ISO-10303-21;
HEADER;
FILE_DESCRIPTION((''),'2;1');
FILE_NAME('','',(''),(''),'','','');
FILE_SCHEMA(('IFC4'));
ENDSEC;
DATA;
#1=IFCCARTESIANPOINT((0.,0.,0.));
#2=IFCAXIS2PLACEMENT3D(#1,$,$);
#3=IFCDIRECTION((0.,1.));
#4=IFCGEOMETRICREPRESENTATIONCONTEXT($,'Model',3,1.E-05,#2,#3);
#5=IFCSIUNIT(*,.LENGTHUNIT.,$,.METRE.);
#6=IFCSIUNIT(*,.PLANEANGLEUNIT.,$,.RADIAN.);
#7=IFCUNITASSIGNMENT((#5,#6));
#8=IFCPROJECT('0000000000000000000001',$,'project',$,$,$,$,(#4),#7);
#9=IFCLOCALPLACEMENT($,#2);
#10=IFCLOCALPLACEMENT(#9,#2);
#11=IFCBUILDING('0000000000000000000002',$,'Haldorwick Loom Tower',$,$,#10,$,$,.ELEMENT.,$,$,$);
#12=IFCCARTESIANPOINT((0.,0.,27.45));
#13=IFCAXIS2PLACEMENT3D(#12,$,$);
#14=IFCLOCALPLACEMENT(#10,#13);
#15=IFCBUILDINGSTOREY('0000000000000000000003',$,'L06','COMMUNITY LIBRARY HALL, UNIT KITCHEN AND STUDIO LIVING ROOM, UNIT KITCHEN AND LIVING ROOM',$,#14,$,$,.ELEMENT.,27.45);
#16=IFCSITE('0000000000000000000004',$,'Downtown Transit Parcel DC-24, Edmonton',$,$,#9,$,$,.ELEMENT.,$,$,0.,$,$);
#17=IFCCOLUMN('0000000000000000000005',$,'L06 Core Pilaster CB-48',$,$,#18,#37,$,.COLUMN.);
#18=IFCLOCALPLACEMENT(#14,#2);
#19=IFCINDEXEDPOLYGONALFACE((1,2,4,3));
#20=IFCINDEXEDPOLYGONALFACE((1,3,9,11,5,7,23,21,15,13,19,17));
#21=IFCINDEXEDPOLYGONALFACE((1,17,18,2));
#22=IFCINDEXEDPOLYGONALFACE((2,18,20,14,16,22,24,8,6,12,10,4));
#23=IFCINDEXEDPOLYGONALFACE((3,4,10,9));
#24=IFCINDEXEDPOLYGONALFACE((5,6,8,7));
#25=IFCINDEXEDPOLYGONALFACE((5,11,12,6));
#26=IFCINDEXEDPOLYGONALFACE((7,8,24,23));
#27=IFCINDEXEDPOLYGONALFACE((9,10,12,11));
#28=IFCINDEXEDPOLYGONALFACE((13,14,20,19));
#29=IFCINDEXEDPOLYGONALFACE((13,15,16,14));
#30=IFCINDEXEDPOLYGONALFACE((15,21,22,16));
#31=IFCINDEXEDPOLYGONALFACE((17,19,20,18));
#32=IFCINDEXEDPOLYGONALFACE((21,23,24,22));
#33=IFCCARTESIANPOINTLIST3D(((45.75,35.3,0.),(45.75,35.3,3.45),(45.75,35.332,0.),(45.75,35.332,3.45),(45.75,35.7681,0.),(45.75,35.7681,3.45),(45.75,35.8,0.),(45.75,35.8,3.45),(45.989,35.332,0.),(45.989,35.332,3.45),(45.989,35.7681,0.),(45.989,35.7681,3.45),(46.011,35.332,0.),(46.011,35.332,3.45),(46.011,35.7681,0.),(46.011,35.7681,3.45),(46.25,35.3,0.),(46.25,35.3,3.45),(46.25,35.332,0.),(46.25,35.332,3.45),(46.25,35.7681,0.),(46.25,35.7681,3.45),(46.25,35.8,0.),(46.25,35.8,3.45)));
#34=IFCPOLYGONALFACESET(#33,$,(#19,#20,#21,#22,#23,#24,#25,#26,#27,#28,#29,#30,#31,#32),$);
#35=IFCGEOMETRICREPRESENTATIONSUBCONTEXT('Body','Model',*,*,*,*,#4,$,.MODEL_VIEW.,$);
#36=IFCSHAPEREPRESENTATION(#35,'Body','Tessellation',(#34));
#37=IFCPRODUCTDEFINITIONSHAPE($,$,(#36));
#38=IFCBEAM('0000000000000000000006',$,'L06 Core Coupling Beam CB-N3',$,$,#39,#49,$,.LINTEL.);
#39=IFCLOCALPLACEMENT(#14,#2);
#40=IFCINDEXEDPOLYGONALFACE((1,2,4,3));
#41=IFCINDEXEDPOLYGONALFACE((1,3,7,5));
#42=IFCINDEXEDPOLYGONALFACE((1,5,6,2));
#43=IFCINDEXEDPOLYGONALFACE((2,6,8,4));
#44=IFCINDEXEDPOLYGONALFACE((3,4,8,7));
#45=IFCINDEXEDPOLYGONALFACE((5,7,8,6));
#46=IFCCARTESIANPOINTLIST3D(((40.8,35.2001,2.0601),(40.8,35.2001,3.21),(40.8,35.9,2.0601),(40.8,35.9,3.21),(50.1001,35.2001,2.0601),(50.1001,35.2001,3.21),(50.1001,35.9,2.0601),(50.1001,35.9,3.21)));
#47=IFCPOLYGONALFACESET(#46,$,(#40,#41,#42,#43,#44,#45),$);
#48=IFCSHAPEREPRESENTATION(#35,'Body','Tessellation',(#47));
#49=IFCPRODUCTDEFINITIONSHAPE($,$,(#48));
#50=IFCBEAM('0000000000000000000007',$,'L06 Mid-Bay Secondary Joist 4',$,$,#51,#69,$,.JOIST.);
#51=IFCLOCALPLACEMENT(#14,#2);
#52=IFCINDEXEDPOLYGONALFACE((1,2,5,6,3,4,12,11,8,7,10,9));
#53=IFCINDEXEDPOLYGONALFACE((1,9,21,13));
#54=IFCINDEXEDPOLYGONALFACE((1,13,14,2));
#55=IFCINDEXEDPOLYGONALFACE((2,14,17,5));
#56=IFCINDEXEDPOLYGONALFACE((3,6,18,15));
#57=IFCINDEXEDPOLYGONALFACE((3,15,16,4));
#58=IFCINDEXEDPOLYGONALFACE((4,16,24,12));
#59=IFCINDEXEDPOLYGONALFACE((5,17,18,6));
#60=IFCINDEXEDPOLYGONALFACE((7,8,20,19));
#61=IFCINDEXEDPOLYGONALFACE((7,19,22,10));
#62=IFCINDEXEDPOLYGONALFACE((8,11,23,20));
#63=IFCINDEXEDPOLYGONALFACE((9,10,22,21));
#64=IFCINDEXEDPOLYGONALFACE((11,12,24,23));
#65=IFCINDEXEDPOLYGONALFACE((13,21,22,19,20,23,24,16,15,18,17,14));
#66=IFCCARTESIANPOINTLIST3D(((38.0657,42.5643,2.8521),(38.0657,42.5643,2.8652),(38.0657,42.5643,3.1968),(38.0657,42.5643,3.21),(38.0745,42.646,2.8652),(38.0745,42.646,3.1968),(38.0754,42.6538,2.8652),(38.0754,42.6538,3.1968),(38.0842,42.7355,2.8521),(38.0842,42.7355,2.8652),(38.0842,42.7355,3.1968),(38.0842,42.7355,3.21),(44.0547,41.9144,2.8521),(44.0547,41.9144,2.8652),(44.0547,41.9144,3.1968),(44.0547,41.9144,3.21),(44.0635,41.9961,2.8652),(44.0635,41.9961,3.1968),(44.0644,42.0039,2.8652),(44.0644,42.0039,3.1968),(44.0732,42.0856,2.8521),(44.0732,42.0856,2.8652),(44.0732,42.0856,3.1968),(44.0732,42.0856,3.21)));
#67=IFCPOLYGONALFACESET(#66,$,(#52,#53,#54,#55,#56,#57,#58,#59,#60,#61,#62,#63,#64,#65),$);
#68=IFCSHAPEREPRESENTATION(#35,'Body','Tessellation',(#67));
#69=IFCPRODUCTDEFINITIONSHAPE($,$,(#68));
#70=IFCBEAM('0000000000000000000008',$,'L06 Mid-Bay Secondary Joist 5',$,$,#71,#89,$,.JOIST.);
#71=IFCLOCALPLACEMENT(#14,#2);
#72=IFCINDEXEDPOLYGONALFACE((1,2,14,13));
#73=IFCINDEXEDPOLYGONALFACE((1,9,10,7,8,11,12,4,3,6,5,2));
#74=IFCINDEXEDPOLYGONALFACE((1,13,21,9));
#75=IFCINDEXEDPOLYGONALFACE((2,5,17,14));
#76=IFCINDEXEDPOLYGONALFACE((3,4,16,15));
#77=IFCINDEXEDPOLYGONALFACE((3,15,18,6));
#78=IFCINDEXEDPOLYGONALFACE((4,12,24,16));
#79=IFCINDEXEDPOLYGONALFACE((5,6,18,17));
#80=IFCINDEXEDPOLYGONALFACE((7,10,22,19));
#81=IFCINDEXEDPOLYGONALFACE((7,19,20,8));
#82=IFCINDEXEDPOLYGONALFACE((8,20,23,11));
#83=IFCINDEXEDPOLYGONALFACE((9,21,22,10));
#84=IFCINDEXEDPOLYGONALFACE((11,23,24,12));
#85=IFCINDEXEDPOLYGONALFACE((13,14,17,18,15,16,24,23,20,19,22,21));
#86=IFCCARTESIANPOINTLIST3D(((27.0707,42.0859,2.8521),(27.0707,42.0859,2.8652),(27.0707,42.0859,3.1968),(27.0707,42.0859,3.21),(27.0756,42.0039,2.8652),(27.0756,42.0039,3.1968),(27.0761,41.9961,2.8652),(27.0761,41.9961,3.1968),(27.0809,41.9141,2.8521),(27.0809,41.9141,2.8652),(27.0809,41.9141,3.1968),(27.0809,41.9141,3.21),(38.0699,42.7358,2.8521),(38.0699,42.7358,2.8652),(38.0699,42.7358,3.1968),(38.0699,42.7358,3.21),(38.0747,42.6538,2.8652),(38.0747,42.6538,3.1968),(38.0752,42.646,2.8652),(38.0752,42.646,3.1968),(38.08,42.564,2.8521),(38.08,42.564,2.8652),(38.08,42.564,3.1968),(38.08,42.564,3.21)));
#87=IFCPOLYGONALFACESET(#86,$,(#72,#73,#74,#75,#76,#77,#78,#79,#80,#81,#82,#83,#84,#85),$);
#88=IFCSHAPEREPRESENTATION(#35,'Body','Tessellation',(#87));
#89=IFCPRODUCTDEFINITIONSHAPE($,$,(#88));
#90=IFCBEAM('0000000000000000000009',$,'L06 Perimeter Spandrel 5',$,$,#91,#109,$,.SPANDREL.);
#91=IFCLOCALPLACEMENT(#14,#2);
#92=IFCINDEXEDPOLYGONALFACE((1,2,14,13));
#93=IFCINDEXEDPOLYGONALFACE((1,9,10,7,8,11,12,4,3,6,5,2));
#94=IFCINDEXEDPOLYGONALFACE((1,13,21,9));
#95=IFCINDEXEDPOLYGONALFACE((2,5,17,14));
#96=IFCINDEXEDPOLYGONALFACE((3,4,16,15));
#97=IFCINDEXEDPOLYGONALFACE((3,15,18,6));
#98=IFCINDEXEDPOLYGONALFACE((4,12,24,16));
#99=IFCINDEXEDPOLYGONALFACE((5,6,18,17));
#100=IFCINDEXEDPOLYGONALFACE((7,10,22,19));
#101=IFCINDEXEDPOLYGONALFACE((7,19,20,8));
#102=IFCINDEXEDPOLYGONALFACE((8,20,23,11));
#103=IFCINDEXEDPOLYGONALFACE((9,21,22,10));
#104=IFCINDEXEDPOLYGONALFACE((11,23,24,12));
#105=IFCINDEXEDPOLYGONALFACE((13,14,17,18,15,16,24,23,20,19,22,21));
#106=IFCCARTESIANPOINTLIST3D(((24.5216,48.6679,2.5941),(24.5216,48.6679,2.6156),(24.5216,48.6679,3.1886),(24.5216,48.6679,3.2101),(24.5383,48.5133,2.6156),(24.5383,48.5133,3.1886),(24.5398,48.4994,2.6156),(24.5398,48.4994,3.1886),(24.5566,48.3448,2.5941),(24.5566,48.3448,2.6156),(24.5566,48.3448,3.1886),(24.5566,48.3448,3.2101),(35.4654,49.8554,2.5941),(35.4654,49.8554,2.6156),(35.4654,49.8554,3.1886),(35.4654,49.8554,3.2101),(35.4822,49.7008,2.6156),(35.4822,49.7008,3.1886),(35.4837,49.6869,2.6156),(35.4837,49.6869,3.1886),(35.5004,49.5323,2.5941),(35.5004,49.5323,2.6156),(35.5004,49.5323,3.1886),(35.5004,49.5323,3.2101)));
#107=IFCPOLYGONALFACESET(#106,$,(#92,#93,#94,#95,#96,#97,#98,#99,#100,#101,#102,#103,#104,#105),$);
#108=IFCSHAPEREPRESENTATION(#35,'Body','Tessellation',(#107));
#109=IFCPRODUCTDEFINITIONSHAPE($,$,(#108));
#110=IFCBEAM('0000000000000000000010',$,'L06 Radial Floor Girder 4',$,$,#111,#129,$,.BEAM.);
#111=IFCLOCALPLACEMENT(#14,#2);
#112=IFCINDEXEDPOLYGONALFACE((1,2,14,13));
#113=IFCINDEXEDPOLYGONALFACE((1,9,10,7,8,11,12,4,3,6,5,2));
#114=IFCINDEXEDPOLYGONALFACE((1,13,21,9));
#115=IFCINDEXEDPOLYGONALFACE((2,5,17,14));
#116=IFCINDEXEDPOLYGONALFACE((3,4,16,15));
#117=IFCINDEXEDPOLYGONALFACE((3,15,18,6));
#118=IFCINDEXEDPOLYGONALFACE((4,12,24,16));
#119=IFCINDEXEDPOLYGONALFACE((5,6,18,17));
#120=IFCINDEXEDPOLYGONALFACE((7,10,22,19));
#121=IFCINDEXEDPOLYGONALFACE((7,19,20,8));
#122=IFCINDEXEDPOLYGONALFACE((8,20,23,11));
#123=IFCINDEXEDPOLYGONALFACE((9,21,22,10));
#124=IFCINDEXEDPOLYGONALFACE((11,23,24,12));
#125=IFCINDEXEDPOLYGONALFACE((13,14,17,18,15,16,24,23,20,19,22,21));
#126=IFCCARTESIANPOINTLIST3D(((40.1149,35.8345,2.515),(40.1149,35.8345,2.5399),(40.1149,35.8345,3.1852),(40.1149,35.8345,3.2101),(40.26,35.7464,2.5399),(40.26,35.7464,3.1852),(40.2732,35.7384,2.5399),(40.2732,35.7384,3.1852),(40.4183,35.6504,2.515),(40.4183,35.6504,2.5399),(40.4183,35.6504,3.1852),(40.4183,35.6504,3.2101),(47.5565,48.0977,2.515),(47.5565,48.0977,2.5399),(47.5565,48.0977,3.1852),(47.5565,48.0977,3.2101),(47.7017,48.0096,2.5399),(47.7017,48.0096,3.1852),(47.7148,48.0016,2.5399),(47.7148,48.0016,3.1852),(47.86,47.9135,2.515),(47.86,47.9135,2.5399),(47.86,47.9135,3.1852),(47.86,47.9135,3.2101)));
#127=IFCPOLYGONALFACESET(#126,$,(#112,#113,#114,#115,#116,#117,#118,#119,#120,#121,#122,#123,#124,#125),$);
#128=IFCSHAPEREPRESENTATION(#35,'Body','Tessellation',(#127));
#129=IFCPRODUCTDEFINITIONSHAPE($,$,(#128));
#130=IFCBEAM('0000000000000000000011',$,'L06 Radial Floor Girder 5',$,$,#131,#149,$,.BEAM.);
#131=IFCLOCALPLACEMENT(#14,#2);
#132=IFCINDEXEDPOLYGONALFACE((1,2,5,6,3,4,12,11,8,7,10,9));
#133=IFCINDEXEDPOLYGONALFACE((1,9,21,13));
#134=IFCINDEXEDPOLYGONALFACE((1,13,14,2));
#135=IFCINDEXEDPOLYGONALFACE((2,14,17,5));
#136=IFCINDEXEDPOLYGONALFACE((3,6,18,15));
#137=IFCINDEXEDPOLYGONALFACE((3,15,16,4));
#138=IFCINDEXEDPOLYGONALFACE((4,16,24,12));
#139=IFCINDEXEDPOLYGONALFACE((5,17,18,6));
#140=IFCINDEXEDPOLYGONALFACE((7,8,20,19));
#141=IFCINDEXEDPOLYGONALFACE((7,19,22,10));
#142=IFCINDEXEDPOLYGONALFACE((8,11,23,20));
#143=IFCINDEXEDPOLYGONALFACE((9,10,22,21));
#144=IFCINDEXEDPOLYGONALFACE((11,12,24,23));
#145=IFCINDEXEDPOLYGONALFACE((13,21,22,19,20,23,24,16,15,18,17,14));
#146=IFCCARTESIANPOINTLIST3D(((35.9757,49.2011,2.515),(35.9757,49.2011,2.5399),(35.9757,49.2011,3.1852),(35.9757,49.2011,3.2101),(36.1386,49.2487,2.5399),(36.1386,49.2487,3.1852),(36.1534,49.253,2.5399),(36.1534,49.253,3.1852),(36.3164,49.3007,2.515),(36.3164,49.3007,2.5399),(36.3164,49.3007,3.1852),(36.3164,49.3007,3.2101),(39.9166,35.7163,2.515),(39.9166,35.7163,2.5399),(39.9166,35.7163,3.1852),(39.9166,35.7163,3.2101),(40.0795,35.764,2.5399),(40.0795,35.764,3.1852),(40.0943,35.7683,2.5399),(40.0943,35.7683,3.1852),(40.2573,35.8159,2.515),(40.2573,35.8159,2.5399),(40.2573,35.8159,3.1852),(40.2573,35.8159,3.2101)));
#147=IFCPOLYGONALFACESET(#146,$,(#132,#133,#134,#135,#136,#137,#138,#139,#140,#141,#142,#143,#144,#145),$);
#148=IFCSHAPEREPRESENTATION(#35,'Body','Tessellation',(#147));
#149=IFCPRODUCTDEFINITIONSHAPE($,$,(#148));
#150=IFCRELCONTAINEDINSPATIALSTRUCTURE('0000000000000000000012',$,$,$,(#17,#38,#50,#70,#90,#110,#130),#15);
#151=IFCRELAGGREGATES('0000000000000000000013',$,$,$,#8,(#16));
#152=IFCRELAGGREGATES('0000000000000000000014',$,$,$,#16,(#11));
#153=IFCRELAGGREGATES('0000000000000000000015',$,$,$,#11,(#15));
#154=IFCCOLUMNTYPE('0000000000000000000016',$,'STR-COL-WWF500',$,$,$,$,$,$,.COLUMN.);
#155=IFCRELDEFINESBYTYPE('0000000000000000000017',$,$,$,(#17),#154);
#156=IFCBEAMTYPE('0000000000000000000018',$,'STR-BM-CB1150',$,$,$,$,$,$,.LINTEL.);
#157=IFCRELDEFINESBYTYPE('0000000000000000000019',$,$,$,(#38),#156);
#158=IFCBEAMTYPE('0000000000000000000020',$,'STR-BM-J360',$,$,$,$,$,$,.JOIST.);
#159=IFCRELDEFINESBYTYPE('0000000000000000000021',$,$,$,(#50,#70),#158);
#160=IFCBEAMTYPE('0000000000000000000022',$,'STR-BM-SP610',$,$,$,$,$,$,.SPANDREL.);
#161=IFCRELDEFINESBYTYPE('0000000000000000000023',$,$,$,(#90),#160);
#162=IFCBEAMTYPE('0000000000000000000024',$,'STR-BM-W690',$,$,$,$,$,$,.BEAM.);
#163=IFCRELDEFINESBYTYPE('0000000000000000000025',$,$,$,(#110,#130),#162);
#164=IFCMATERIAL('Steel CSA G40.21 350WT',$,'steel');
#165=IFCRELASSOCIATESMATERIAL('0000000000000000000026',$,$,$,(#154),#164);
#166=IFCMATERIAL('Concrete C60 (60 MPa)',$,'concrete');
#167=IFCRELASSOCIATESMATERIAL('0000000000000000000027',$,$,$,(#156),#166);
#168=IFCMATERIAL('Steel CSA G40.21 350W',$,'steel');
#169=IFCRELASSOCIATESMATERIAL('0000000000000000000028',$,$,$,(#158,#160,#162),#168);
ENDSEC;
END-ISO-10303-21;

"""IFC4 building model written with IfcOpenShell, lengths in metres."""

from ifc_helpers import new_model, si_unit, direction, frame, origin, origin_2d, place, context, subcontext, project, spatial, rectangle, i_section, extrude, material, material_profile, profile_set, type_object, element, save


model = new_model("IFC4")

# Units and contexts
model_context = context("Model", 3, precision=1e-05, world=origin(), true_north=direction((0.0, 1.0)))
body_context = subcontext(model_context, "Body", "Model", "MODEL_VIEW")
ifc_project = project(units=[si_unit("LENGTHUNIT", "METRE"), si_unit("PLANEANGLEUNIT", "RADIAN")], contexts=[model_context])

# Site, building, storey
site_placement = place(None, origin())
site = spatial("IfcSite", under=ifc_project, at=site_placement, Name="Downtown Transit Parcel DC-24, Edmonton", CompositionType="ELEMENT", RefElevation=0.0)
building_placement = place(site_placement, origin())
building = spatial("IfcBuilding", under=site, at=building_placement, Name="Haldorwick Loom Tower", CompositionType="ELEMENT")
storey_placement = place(building_placement, frame((0.0, 0.0, 27.45)))
storey = spatial("IfcBuildingStorey", under=building, at=storey_placement, Name="L06", Description="COMMUNITY LIBRARY HALL, UNIT KITCHEN AND STUDIO LIVING ROOM, UNIT KITCHEN AND LIVING ROOM", CompositionType="ELEMENT", Elevation=27.45)

# Column
ifc_material_1 = material(Name="Concrete C60 (60 MPa)", Category="concrete")
ifc_material_2 = material(Name="Steel CSA G40.21 350WT", Category="steel")
ifc_material_profile_1 = material_profile(ifc_material_2, i_section(OverallWidth=0.5, OverallDepth=0.5, WebThickness=0.022, FlangeThickness=0.032, at=origin_2d()), Name="WWF500X500", Category="steel")
ifc_profile_set_1 = profile_set([ifc_material_profile_1], Name="Steel CSA G40.21 350WT")
column_type_1 = type_object("IfcColumnType", Name="STR-COL-WWF500", PredefinedType="COLUMN", material=ifc_profile_set_1)
for number, where, z_axis, x_axis, name in (
    (1, (46.0, 35.55, 0.0), (0.0, 0.0, 1.0), (1.0, 0.0, 0.0), "L06 Core Pilaster CB-48"),
):
    element("IfcColumn", number, at=place(storey_placement, frame(where, z_axis=z_axis, x_axis=x_axis)), inside=storey, type_object=column_type_1, Name=name, PredefinedType="COLUMN", context=body_context, shape_type="SweptSolid", body=[
        extrude(i_section(OverallWidth=0.5, OverallDepth=0.5, WebThickness=0.022, FlangeThickness=0.032, at=origin_2d()), origin(), (0.0, 0.0, 1.0), 3.45),
    ])

# Beams
ifc_material_profile_2 = material_profile(ifc_material_1, rectangle(XDim=0.7, YDim=1.1499, at=origin_2d()), Name="RC700X1150", Category="concrete")
ifc_profile_set_2 = profile_set([ifc_material_profile_2], Name="Concrete C60 (60 MPa)")
beam_type_1 = type_object("IfcBeamType", Name="STR-BM-CB1150", PredefinedType="LINTEL", material=ifc_profile_set_2)
beam_1_placement = place(storey_placement, frame((40.8, 35.55, 2.635), z_axis=(1.0, 0.0, 0.0), x_axis=(0.0, 1.0, 0.0)))
element("IfcBeam", 2, at=beam_1_placement, inside=storey, type_object=beam_type_1, Name="L06 Core Coupling Beam CB-N3", PredefinedType="LINTEL", context=body_context, shape_type="SweptSolid", body=[
    extrude(rectangle(XDim=0.7, YDim=1.1499, at=origin_2d()), origin(), (0.0, 0.0, 1.0), 9.3),
])
ifc_material_3 = material(Name="Steel CSA G40.21 350W", Category="steel")
ifc_material_profile_3 = material_profile(ifc_material_3, i_section(OverallWidth=0.1721, OverallDepth=0.3579, WebThickness=0.0078, FlangeThickness=0.0132, at=origin_2d()), Name="W360X57", Category="steel")
ifc_profile_set_3 = profile_set([ifc_material_profile_3], Name="Steel CSA G40.21 350W")
beam_type_2 = type_object("IfcBeamType", Name="STR-BM-J360", PredefinedType="JOIST", material=ifc_profile_set_3)
beam_2_placement = place(storey_placement, frame((44.064, 42.0, 3.031), z_axis=(-0.994164, 0.107882, 0.0), x_axis=(-0.107882, -0.994164, 0.0)))
element("IfcBeam", 3, at=beam_2_placement, inside=storey, type_object=beam_type_2, Name="L06 Mid-Bay Secondary Joist 4", PredefinedType="JOIST", context=body_context, shape_type="SweptSolid", body=[
    extrude(i_section(OverallWidth=0.1721, OverallDepth=0.3579, WebThickness=0.0078, FlangeThickness=0.0132, at=origin_2d()), origin(), (0.0, 0.0, 1.0), 6.0242),
])
beam_3_placement = place(storey_placement, frame((38.075, 42.6499, 3.031), z_axis=(-0.998259, -0.058984, 0.0), x_axis=(0.058984, -0.998259, 0.0)))
element("IfcBeam", 4, at=beam_3_placement, inside=storey, type_object=beam_type_2, Name="L06 Mid-Bay Secondary Joist 5", PredefinedType="JOIST", context=body_context, shape_type="SweptSolid", body=[
    extrude(i_section(OverallWidth=0.1721, OverallDepth=0.3579, WebThickness=0.0078, FlangeThickness=0.0132, at=origin_2d()), origin(), (0.0, 0.0, 1.0), 11.0183),
])
ifc_material_profile_4 = material_profile(ifc_material_3, i_section(OverallWidth=0.325, OverallDepth=0.616, WebThickness=0.0139, FlangeThickness=0.0215, at=origin_2d()), Name="W610X174", Category="steel")
ifc_profile_set_4 = profile_set([ifc_material_profile_4], Name="Steel CSA G40.21 350W")
beam_type_3 = type_object("IfcBeamType", Name="STR-BM-SP610", PredefinedType="SPANDREL", material=ifc_profile_set_4)
beam_4_placement = place(storey_placement, frame((35.4829, 49.6938, 2.9021), z_axis=(-0.994164, -0.107875, 0.0), x_axis=(0.107875, -0.994164, 0.0)))
element("IfcBeam", 5, at=beam_4_placement, inside=storey, type_object=beam_type_3, Name="L06 Perimeter Spandrel 5", PredefinedType="SPANDREL", context=body_context, shape_type="SweptSolid", body=[
    extrude(i_section(OverallWidth=0.325, OverallDepth=0.616, WebThickness=0.0139, FlangeThickness=0.0215, at=origin_2d()), origin(), (0.0, 0.0, 1.0), 11.0081),
])
ifc_material_profile_5 = material_profile(ifc_material_3, i_section(OverallWidth=0.355, OverallDepth=0.6951, WebThickness=0.0154, FlangeThickness=0.0249, at=origin_2d()), Name="W690X217", Category="steel")
ifc_profile_set_5 = profile_set([ifc_material_profile_5], Name="Steel CSA G40.21 350W")
beam_type_4 = type_object("IfcBeamType", Name="STR-BM-W690", PredefinedType="BEAM", material=ifc_profile_set_5)
beam_5_placement = place(storey_placement, frame((40.2666, 35.7424, 2.8625), z_axis=(0.518782, 0.854907, 0.0), x_axis=(-0.854907, 0.518782, 0.0)))
element("IfcBeam", 6, at=beam_5_placement, inside=storey, type_object=beam_type_4, Name="L06 Radial Floor Girder 4", PredefinedType="BEAM", context=body_context, shape_type="SweptSolid", body=[
    extrude(i_section(OverallWidth=0.355, OverallDepth=0.6951, WebThickness=0.0154, FlangeThickness=0.0249, at=origin_2d()), origin(), (0.0, 0.0, 1.0), 14.3445),
])
beam_6_placement = place(storey_placement, frame((40.0869, 35.7661, 2.8625), z_axis=(-0.280514, 0.95985, 0.0), x_axis=(-0.95985, -0.280514, 0.0)))
element("IfcBeam", 7, at=beam_6_placement, inside=storey, type_object=beam_type_4, Name="L06 Radial Floor Girder 5", PredefinedType="BEAM", context=body_context, shape_type="SweptSolid", body=[
    extrude(i_section(OverallWidth=0.355, OverallDepth=0.6951, WebThickness=0.0154, FlangeThickness=0.0249, at=origin_2d()), origin(), (0.0, 0.0, 1.0), 14.0488),
])

save(model, "model.ifc")
